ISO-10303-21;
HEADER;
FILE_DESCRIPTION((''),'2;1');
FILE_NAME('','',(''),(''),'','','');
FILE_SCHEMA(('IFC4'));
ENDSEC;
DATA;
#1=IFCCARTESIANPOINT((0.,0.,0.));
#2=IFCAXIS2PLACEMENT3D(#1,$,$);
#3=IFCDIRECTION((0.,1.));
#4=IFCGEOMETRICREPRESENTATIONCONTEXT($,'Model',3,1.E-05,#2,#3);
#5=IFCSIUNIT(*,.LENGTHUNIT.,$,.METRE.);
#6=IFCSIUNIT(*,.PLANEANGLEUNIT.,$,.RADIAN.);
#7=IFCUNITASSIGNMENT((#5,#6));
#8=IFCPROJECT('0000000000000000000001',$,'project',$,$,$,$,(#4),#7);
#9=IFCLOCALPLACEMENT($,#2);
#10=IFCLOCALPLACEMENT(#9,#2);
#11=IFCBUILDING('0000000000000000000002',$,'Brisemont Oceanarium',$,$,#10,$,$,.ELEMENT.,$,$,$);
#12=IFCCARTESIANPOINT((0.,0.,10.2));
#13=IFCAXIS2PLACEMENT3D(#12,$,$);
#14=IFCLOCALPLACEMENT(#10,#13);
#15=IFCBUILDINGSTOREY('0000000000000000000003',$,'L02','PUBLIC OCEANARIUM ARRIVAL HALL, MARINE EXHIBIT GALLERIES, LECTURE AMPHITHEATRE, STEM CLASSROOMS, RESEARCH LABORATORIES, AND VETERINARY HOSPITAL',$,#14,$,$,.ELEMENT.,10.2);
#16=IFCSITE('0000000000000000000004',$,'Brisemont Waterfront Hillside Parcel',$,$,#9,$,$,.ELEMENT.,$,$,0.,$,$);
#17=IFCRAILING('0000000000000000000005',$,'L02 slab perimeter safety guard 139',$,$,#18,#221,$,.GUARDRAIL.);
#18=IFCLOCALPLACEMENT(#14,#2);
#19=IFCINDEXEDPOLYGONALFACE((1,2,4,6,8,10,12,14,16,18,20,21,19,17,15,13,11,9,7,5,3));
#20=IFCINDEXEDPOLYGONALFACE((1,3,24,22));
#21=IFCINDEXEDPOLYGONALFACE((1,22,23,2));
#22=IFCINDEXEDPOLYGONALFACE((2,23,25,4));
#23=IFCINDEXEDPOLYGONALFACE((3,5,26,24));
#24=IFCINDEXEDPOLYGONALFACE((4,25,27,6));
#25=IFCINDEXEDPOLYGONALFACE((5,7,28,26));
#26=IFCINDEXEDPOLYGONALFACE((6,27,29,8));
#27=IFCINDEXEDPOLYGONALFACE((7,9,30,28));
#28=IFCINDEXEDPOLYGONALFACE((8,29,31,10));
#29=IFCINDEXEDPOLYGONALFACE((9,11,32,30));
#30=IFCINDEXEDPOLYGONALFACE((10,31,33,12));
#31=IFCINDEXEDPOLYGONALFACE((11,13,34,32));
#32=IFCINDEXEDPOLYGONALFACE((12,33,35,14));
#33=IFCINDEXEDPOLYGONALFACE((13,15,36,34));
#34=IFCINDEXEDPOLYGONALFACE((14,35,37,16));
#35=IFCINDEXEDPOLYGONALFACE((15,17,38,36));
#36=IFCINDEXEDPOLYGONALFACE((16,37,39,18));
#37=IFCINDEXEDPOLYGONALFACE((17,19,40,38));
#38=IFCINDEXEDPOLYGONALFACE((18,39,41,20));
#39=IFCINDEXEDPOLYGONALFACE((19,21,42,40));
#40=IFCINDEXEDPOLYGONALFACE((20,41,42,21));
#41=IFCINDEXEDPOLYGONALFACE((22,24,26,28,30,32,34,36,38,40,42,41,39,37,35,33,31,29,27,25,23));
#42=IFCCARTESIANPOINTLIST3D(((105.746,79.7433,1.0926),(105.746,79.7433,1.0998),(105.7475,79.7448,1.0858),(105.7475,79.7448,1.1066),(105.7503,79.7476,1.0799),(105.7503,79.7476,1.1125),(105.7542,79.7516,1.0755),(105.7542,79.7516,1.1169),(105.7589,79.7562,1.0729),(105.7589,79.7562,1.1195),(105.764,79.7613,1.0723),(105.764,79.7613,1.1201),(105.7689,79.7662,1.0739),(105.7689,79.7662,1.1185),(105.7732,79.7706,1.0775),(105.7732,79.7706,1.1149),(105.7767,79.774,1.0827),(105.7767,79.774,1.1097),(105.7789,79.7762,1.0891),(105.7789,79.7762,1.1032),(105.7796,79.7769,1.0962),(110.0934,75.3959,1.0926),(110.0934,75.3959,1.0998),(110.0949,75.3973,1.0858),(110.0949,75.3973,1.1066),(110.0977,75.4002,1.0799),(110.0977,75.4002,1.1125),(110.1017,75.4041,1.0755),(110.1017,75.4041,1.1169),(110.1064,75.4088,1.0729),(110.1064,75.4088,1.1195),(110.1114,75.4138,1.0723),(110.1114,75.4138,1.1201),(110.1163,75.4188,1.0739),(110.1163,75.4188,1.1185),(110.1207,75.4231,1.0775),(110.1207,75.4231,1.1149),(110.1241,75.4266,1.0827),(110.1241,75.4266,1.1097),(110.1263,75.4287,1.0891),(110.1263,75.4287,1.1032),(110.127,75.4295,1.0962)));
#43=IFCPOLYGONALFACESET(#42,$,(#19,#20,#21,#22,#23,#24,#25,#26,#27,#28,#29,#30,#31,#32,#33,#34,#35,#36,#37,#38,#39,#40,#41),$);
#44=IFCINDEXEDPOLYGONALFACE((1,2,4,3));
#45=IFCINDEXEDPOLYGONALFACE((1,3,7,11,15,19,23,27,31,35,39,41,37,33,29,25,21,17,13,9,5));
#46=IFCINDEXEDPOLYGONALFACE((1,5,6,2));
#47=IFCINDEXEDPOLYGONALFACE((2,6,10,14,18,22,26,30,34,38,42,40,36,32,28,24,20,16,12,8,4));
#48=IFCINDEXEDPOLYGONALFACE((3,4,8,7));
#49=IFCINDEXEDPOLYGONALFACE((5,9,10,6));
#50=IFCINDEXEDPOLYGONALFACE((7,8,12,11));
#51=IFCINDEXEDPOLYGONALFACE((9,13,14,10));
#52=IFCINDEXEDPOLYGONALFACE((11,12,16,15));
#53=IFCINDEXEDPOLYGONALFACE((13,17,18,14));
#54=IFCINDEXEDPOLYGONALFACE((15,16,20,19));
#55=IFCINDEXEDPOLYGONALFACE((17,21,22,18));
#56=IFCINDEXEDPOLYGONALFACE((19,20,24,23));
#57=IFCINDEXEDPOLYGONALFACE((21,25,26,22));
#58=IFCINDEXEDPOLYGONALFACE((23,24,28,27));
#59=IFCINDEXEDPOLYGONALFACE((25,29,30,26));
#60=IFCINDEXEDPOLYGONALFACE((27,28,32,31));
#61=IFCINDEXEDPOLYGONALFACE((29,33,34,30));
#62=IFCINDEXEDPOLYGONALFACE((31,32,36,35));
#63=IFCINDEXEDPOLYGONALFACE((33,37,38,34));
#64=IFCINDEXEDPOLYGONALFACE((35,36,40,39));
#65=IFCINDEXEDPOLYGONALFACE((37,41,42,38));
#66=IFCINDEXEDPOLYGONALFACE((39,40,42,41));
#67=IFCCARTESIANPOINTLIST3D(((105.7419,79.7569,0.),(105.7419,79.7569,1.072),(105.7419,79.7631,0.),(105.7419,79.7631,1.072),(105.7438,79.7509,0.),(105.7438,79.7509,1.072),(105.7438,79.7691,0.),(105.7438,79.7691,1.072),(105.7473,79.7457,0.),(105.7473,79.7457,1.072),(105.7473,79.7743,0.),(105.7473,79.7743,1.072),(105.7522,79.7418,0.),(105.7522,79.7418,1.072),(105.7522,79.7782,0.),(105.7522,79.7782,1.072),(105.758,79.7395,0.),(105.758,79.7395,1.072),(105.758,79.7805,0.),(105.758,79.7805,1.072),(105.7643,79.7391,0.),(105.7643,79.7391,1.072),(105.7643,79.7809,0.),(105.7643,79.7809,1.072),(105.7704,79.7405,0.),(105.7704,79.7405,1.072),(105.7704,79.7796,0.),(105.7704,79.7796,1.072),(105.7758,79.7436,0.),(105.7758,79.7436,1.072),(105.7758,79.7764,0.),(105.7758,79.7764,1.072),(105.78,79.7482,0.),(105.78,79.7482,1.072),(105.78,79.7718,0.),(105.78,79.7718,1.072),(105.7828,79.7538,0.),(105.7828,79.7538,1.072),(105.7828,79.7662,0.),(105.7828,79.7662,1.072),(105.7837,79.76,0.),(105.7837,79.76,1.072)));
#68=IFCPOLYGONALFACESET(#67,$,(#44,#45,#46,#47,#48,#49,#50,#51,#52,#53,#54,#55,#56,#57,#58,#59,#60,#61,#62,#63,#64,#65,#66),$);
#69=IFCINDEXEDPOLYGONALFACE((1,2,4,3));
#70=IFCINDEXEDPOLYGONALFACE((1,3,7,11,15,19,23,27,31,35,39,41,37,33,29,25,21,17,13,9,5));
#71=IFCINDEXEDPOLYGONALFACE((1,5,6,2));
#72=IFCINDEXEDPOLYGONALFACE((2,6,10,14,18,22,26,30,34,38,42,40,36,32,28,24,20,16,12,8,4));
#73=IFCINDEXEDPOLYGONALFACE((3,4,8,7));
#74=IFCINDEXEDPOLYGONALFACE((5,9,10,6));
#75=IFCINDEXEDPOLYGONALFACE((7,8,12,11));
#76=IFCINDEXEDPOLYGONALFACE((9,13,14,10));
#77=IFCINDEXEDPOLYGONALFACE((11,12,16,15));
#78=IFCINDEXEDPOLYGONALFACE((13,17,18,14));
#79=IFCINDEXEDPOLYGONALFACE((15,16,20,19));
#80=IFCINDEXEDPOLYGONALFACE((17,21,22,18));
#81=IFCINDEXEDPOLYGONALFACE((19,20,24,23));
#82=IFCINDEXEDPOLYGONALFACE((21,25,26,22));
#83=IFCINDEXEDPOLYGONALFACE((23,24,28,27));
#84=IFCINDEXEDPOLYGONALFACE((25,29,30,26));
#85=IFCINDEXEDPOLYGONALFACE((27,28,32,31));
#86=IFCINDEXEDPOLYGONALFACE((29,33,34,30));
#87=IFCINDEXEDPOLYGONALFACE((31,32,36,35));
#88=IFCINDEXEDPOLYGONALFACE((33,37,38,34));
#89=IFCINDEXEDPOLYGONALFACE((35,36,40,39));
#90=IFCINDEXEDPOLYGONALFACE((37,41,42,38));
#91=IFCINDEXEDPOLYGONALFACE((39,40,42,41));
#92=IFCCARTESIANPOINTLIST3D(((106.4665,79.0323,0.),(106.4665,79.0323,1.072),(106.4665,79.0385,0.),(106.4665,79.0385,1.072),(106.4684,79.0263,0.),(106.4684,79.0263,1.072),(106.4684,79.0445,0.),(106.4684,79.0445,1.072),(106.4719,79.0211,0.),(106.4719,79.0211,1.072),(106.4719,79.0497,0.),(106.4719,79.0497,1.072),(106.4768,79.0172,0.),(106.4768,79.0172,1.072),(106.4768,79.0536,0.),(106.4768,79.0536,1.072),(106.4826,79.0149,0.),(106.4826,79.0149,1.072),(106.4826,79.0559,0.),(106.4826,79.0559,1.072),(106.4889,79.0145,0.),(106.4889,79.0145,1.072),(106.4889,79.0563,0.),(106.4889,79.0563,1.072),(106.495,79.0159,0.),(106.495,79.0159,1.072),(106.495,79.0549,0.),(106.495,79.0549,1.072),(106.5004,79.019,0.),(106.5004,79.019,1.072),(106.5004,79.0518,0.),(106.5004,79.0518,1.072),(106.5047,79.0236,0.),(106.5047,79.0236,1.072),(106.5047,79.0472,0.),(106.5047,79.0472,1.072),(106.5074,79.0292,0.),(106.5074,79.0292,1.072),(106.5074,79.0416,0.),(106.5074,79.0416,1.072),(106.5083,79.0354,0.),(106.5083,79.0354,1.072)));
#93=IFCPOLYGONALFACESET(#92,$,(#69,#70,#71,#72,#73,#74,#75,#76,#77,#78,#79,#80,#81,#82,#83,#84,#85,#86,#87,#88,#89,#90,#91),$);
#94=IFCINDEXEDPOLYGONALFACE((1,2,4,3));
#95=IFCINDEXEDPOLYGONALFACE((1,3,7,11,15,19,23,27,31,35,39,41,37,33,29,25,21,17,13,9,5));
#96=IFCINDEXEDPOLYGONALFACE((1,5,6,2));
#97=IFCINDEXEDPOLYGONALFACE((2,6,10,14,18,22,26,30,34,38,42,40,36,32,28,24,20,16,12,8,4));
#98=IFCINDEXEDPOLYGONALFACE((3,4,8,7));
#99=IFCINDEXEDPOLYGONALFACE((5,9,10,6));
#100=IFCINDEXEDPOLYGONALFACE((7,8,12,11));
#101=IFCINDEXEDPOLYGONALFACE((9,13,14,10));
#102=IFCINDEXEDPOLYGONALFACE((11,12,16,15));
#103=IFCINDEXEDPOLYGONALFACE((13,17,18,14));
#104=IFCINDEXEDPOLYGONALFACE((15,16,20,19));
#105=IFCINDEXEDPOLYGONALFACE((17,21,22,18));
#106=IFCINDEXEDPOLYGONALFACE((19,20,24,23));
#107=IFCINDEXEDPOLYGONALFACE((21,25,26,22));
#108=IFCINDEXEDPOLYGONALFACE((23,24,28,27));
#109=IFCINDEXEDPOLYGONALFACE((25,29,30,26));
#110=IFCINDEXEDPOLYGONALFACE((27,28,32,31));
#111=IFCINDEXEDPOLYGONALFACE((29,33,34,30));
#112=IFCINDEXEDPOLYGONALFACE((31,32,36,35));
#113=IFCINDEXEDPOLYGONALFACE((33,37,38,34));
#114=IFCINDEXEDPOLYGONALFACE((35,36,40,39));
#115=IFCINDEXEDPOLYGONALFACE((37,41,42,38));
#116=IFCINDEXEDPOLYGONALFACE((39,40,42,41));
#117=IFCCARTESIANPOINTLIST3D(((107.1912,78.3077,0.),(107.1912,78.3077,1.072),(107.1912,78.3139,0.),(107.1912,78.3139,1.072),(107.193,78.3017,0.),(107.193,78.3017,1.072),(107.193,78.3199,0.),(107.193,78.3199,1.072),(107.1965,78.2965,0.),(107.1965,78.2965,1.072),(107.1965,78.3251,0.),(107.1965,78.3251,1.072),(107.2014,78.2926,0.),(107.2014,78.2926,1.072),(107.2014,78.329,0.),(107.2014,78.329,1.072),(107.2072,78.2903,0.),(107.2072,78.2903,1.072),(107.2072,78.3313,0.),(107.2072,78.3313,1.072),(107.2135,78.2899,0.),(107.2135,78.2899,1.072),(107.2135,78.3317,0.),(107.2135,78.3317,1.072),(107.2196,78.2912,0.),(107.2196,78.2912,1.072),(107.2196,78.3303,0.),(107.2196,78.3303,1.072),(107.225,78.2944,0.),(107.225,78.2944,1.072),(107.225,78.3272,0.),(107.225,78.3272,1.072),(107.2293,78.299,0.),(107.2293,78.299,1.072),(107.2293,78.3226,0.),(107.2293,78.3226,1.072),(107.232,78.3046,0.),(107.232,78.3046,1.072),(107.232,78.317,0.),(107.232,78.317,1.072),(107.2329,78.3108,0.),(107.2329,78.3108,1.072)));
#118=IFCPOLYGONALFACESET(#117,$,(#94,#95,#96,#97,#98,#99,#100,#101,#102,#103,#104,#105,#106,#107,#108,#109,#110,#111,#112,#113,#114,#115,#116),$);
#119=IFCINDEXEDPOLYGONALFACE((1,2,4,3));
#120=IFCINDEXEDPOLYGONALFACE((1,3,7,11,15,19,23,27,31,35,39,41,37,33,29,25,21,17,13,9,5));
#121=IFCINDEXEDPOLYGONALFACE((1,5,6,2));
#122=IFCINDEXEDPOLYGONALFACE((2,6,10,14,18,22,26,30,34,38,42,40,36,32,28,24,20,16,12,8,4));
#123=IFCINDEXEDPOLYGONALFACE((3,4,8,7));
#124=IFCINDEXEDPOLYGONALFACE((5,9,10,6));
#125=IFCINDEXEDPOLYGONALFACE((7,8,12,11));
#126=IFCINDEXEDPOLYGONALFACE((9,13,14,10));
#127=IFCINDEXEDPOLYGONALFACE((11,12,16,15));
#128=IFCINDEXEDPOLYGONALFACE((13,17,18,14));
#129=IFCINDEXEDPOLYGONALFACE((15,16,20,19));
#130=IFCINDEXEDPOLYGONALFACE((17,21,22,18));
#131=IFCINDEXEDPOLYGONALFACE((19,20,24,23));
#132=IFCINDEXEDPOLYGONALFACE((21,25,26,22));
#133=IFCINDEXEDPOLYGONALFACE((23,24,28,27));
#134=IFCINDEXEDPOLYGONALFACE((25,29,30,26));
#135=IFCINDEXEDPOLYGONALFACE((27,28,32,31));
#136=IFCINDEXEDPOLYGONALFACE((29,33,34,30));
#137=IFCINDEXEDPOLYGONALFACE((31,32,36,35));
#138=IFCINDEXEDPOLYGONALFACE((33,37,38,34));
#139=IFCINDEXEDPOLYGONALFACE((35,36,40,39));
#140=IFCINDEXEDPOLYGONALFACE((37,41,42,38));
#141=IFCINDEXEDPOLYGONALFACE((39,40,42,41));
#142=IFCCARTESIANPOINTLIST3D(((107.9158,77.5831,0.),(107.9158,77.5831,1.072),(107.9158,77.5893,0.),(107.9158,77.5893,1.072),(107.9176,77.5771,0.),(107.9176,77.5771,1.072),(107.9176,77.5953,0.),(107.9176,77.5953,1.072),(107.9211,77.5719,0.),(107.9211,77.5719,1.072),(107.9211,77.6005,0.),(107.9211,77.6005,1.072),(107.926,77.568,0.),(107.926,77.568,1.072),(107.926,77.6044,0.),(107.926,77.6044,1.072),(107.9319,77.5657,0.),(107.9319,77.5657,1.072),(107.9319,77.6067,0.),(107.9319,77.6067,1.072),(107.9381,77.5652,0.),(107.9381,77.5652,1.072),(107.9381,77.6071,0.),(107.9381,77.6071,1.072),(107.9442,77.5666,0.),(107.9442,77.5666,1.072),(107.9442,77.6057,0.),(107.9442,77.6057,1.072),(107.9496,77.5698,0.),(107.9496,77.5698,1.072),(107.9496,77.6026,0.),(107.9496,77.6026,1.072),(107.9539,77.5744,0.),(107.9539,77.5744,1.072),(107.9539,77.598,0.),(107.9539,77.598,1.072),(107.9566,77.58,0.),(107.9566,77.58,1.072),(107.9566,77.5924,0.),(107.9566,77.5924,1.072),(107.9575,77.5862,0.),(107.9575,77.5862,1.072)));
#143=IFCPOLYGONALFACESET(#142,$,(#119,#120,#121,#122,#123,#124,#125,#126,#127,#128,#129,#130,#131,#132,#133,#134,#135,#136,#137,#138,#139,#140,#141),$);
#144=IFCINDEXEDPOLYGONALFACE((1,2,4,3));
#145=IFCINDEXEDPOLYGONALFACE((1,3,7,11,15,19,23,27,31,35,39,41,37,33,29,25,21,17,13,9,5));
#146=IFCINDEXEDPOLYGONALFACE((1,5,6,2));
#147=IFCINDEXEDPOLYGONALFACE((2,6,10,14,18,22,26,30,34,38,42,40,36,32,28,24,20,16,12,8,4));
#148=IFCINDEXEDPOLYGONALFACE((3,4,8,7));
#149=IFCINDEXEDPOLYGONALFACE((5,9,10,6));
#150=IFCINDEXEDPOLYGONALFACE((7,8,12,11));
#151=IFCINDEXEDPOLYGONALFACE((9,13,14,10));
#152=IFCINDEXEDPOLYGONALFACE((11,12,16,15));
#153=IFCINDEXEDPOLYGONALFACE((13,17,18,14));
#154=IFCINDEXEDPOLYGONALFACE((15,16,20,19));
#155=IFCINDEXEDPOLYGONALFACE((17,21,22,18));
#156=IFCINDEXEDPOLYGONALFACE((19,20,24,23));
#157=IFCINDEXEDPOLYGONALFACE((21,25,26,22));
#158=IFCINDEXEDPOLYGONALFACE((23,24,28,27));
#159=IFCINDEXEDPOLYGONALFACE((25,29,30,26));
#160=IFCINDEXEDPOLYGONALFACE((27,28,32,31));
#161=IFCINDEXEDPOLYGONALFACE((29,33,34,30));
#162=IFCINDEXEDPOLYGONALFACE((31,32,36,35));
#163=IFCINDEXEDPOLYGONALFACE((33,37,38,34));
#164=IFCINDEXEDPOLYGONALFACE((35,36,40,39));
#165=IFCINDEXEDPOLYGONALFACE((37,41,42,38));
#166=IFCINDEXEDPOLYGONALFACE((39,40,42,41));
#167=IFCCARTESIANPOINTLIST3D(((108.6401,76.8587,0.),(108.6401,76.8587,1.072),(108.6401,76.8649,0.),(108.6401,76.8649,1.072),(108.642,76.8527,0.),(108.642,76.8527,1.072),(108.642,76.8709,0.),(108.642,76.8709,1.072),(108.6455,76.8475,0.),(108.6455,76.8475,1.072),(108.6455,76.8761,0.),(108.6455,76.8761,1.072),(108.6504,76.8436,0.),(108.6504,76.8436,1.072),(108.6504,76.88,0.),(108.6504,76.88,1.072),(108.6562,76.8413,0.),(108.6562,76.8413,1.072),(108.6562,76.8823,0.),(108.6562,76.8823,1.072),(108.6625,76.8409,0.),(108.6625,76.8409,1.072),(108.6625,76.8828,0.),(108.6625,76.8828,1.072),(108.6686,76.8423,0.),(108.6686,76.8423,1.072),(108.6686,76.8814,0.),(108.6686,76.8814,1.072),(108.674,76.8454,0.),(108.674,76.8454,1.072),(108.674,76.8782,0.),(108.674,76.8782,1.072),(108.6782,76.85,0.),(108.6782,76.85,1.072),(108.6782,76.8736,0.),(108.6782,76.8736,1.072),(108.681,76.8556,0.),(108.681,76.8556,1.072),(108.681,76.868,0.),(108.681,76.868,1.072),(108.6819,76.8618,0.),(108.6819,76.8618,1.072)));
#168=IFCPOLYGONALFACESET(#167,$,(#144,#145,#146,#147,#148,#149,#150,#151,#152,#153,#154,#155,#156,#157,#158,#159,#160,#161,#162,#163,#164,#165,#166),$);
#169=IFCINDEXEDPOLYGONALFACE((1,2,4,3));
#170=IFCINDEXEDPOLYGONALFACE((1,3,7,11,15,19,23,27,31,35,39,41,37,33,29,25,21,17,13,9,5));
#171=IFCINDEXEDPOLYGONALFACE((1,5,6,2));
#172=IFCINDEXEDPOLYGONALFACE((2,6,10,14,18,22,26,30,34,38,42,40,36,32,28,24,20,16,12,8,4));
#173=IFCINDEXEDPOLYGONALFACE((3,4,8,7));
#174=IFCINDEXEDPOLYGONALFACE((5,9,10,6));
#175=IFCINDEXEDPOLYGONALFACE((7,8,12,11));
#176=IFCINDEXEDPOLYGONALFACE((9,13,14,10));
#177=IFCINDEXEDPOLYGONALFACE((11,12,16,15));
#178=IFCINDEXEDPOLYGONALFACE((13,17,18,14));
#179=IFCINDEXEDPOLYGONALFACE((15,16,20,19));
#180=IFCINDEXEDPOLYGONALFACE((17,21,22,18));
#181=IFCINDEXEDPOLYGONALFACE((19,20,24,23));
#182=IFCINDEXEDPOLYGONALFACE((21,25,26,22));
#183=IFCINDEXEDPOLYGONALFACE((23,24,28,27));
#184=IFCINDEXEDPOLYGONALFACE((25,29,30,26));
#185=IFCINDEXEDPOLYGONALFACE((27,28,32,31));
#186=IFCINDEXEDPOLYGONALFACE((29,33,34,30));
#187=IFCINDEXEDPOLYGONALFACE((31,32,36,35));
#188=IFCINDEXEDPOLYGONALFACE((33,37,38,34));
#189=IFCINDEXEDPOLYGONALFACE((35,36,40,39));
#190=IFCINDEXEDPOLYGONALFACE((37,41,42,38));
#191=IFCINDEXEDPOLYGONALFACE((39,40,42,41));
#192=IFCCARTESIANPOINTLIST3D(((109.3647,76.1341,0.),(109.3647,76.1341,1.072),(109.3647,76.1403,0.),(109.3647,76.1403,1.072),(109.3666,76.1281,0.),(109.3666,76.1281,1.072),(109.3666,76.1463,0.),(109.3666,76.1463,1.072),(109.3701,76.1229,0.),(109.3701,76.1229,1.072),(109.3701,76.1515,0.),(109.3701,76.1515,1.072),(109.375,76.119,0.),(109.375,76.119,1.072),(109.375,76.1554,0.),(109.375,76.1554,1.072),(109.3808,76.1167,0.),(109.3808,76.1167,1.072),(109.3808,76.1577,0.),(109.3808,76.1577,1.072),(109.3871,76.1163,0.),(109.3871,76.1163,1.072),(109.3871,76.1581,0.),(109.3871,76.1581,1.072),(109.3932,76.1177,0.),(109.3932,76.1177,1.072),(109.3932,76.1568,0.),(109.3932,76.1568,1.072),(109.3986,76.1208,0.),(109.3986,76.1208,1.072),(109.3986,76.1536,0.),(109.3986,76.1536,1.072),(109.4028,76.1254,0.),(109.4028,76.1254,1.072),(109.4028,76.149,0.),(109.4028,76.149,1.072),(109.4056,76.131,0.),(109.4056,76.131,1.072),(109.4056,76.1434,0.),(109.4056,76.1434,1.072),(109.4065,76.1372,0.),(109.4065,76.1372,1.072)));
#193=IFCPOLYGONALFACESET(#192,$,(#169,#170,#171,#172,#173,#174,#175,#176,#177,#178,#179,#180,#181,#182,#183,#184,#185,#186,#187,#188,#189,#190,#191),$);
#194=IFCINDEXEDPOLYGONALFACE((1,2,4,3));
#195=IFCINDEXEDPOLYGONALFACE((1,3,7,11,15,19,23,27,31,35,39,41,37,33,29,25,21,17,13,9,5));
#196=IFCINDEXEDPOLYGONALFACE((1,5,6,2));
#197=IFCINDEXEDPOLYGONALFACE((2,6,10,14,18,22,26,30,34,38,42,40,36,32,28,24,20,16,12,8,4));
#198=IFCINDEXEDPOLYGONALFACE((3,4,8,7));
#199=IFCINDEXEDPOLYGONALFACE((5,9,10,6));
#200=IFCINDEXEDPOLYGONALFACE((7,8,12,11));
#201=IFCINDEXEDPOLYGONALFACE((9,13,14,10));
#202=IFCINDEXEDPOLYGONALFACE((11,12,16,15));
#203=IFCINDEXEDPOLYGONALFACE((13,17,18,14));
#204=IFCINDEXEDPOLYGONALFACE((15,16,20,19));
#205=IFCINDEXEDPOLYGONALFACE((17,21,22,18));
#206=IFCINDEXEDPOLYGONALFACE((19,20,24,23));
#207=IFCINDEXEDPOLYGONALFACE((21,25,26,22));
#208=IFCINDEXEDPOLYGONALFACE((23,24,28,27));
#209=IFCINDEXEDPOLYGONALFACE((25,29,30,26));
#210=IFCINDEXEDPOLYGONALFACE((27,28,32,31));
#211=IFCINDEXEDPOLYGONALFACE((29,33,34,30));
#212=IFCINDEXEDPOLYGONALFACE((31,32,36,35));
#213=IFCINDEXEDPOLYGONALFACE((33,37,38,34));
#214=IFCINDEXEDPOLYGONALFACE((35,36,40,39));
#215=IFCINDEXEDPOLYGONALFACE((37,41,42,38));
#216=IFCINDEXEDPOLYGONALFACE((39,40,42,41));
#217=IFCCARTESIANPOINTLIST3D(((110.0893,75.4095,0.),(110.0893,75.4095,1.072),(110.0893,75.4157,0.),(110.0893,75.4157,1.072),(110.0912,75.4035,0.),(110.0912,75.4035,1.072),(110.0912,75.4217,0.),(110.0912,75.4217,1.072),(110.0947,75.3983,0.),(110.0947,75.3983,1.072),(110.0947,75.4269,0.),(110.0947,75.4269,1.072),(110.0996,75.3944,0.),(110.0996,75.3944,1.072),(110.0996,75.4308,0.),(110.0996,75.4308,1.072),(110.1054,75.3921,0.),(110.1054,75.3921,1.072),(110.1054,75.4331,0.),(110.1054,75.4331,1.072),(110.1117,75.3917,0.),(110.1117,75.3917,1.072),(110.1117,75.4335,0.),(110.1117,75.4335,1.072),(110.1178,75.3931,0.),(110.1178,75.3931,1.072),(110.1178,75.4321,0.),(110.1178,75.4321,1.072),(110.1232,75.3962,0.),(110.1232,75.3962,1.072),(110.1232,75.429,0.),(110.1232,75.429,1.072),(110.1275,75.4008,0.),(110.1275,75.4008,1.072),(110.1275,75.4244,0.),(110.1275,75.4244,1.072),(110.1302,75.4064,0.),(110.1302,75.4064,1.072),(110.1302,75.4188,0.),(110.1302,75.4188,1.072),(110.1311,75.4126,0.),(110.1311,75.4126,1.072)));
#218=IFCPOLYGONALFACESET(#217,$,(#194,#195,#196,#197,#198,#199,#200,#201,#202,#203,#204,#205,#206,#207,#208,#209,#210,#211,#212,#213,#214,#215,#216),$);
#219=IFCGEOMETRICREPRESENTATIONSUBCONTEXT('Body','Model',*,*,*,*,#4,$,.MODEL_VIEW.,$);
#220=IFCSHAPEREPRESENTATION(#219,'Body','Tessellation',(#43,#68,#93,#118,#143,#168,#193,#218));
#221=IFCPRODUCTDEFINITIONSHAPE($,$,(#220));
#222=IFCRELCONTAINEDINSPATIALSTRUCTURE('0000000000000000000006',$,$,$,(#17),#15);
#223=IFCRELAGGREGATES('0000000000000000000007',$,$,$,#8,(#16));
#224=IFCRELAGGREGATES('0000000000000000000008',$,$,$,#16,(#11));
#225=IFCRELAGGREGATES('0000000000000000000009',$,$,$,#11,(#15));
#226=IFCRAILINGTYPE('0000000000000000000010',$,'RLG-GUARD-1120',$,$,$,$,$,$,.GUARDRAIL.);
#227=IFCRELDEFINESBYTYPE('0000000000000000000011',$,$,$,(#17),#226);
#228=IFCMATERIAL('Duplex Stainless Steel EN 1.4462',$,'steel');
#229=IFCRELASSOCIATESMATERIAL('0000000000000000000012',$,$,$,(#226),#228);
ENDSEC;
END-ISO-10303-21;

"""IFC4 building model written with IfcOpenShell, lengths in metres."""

from ifc_helpers import new_model, si_unit, direction, frame, origin, origin_2d, place, context, subcontext, project, spatial, circle, extrude, material, type_object, element, save


model = new_model("IFC4")

# Units and contexts
model_context = context("Model", 3, precision=1e-05, world=origin(), true_north=direction((0.0, 1.0)))
body_context = subcontext(model_context, "Body", "Model", "MODEL_VIEW")
ifc_project = project(units=[si_unit("LENGTHUNIT", "METRE"), si_unit("PLANEANGLEUNIT", "RADIAN")], contexts=[model_context])

# Site, building, storey
site_placement = place(None, origin())
site = spatial("IfcSite", under=ifc_project, at=site_placement, Name="Brisemont Waterfront Hillside Parcel", CompositionType="ELEMENT", RefElevation=0.0)
building_placement = place(site_placement, origin())
building = spatial("IfcBuilding", under=site, at=building_placement, Name="Brisemont Oceanarium", CompositionType="ELEMENT")
storey_placement = place(building_placement, frame((0.0, 0.0, 10.2)))
storey = spatial("IfcBuildingStorey", under=building, at=storey_placement, Name="L02", Description="PUBLIC OCEANARIUM ARRIVAL HALL, MARINE EXHIBIT GALLERIES, LECTURE AMPHITHEATRE, STEM CLASSROOMS, RESEARCH LABORATORIES, AND VETERINARY HOSPITAL", CompositionType="ELEMENT", Elevation=10.2)

# Railing
ifc_material_1 = material(Name="Duplex Stainless Steel EN 1.4462", Category="steel")
railing_type = type_object("IfcRailingType", Name="RLG-GUARD-1120", PredefinedType="GUARDRAIL", material=ifc_material_1)
railing_1_placement = place(storey_placement, frame((105.7627, 79.76, 0.0)))
element("IfcRailing", 1, at=railing_1_placement, inside=storey, type_object=railing_type, Name="L02 slab perimeter safety guard 139", PredefinedType="GUARDRAIL", context=body_context, shape_type="SweptSolid", body=[
    extrude(circle(Radius=0.0239, at=origin_2d()), frame((0.0, 0.0, 1.0962), z_axis=(0.707107, -0.707107, 0.0), x_axis=(0.707107, 0.707107, 0.0)), (0.0, 0.0, 1.0), 6.1482),
    extrude(circle(Radius=0.021, at=origin_2d()), origin(), (0.0, 0.0, 1.0), 1.072),
    extrude(circle(Radius=0.021, at=origin_2d()), frame((0.7246, -0.7246, 0.0)), (0.0, 0.0, 1.0), 1.072),
    extrude(circle(Radius=0.021, at=origin_2d()), frame((1.4492, -1.4492, 0.0)), (0.0, 0.0, 1.0), 1.072),
    extrude(circle(Radius=0.021, at=origin_2d()), frame((2.1738, -2.1738, 0.0)), (0.0, 0.0, 1.0), 1.072),
    extrude(circle(Radius=0.021, at=origin_2d()), frame((2.8982, -2.8982, 0.0)), (0.0, 0.0, 1.0), 1.072),
    extrude(circle(Radius=0.021, at=origin_2d()), frame((3.6228, -3.6228, 0.0)), (0.0, 0.0, 1.0), 1.072),
    extrude(circle(Radius=0.021, at=origin_2d()), frame((4.3474, -4.3474, 0.0)), (0.0, 0.0, 1.0), 1.072),
])

save(model, "model.ifc")
